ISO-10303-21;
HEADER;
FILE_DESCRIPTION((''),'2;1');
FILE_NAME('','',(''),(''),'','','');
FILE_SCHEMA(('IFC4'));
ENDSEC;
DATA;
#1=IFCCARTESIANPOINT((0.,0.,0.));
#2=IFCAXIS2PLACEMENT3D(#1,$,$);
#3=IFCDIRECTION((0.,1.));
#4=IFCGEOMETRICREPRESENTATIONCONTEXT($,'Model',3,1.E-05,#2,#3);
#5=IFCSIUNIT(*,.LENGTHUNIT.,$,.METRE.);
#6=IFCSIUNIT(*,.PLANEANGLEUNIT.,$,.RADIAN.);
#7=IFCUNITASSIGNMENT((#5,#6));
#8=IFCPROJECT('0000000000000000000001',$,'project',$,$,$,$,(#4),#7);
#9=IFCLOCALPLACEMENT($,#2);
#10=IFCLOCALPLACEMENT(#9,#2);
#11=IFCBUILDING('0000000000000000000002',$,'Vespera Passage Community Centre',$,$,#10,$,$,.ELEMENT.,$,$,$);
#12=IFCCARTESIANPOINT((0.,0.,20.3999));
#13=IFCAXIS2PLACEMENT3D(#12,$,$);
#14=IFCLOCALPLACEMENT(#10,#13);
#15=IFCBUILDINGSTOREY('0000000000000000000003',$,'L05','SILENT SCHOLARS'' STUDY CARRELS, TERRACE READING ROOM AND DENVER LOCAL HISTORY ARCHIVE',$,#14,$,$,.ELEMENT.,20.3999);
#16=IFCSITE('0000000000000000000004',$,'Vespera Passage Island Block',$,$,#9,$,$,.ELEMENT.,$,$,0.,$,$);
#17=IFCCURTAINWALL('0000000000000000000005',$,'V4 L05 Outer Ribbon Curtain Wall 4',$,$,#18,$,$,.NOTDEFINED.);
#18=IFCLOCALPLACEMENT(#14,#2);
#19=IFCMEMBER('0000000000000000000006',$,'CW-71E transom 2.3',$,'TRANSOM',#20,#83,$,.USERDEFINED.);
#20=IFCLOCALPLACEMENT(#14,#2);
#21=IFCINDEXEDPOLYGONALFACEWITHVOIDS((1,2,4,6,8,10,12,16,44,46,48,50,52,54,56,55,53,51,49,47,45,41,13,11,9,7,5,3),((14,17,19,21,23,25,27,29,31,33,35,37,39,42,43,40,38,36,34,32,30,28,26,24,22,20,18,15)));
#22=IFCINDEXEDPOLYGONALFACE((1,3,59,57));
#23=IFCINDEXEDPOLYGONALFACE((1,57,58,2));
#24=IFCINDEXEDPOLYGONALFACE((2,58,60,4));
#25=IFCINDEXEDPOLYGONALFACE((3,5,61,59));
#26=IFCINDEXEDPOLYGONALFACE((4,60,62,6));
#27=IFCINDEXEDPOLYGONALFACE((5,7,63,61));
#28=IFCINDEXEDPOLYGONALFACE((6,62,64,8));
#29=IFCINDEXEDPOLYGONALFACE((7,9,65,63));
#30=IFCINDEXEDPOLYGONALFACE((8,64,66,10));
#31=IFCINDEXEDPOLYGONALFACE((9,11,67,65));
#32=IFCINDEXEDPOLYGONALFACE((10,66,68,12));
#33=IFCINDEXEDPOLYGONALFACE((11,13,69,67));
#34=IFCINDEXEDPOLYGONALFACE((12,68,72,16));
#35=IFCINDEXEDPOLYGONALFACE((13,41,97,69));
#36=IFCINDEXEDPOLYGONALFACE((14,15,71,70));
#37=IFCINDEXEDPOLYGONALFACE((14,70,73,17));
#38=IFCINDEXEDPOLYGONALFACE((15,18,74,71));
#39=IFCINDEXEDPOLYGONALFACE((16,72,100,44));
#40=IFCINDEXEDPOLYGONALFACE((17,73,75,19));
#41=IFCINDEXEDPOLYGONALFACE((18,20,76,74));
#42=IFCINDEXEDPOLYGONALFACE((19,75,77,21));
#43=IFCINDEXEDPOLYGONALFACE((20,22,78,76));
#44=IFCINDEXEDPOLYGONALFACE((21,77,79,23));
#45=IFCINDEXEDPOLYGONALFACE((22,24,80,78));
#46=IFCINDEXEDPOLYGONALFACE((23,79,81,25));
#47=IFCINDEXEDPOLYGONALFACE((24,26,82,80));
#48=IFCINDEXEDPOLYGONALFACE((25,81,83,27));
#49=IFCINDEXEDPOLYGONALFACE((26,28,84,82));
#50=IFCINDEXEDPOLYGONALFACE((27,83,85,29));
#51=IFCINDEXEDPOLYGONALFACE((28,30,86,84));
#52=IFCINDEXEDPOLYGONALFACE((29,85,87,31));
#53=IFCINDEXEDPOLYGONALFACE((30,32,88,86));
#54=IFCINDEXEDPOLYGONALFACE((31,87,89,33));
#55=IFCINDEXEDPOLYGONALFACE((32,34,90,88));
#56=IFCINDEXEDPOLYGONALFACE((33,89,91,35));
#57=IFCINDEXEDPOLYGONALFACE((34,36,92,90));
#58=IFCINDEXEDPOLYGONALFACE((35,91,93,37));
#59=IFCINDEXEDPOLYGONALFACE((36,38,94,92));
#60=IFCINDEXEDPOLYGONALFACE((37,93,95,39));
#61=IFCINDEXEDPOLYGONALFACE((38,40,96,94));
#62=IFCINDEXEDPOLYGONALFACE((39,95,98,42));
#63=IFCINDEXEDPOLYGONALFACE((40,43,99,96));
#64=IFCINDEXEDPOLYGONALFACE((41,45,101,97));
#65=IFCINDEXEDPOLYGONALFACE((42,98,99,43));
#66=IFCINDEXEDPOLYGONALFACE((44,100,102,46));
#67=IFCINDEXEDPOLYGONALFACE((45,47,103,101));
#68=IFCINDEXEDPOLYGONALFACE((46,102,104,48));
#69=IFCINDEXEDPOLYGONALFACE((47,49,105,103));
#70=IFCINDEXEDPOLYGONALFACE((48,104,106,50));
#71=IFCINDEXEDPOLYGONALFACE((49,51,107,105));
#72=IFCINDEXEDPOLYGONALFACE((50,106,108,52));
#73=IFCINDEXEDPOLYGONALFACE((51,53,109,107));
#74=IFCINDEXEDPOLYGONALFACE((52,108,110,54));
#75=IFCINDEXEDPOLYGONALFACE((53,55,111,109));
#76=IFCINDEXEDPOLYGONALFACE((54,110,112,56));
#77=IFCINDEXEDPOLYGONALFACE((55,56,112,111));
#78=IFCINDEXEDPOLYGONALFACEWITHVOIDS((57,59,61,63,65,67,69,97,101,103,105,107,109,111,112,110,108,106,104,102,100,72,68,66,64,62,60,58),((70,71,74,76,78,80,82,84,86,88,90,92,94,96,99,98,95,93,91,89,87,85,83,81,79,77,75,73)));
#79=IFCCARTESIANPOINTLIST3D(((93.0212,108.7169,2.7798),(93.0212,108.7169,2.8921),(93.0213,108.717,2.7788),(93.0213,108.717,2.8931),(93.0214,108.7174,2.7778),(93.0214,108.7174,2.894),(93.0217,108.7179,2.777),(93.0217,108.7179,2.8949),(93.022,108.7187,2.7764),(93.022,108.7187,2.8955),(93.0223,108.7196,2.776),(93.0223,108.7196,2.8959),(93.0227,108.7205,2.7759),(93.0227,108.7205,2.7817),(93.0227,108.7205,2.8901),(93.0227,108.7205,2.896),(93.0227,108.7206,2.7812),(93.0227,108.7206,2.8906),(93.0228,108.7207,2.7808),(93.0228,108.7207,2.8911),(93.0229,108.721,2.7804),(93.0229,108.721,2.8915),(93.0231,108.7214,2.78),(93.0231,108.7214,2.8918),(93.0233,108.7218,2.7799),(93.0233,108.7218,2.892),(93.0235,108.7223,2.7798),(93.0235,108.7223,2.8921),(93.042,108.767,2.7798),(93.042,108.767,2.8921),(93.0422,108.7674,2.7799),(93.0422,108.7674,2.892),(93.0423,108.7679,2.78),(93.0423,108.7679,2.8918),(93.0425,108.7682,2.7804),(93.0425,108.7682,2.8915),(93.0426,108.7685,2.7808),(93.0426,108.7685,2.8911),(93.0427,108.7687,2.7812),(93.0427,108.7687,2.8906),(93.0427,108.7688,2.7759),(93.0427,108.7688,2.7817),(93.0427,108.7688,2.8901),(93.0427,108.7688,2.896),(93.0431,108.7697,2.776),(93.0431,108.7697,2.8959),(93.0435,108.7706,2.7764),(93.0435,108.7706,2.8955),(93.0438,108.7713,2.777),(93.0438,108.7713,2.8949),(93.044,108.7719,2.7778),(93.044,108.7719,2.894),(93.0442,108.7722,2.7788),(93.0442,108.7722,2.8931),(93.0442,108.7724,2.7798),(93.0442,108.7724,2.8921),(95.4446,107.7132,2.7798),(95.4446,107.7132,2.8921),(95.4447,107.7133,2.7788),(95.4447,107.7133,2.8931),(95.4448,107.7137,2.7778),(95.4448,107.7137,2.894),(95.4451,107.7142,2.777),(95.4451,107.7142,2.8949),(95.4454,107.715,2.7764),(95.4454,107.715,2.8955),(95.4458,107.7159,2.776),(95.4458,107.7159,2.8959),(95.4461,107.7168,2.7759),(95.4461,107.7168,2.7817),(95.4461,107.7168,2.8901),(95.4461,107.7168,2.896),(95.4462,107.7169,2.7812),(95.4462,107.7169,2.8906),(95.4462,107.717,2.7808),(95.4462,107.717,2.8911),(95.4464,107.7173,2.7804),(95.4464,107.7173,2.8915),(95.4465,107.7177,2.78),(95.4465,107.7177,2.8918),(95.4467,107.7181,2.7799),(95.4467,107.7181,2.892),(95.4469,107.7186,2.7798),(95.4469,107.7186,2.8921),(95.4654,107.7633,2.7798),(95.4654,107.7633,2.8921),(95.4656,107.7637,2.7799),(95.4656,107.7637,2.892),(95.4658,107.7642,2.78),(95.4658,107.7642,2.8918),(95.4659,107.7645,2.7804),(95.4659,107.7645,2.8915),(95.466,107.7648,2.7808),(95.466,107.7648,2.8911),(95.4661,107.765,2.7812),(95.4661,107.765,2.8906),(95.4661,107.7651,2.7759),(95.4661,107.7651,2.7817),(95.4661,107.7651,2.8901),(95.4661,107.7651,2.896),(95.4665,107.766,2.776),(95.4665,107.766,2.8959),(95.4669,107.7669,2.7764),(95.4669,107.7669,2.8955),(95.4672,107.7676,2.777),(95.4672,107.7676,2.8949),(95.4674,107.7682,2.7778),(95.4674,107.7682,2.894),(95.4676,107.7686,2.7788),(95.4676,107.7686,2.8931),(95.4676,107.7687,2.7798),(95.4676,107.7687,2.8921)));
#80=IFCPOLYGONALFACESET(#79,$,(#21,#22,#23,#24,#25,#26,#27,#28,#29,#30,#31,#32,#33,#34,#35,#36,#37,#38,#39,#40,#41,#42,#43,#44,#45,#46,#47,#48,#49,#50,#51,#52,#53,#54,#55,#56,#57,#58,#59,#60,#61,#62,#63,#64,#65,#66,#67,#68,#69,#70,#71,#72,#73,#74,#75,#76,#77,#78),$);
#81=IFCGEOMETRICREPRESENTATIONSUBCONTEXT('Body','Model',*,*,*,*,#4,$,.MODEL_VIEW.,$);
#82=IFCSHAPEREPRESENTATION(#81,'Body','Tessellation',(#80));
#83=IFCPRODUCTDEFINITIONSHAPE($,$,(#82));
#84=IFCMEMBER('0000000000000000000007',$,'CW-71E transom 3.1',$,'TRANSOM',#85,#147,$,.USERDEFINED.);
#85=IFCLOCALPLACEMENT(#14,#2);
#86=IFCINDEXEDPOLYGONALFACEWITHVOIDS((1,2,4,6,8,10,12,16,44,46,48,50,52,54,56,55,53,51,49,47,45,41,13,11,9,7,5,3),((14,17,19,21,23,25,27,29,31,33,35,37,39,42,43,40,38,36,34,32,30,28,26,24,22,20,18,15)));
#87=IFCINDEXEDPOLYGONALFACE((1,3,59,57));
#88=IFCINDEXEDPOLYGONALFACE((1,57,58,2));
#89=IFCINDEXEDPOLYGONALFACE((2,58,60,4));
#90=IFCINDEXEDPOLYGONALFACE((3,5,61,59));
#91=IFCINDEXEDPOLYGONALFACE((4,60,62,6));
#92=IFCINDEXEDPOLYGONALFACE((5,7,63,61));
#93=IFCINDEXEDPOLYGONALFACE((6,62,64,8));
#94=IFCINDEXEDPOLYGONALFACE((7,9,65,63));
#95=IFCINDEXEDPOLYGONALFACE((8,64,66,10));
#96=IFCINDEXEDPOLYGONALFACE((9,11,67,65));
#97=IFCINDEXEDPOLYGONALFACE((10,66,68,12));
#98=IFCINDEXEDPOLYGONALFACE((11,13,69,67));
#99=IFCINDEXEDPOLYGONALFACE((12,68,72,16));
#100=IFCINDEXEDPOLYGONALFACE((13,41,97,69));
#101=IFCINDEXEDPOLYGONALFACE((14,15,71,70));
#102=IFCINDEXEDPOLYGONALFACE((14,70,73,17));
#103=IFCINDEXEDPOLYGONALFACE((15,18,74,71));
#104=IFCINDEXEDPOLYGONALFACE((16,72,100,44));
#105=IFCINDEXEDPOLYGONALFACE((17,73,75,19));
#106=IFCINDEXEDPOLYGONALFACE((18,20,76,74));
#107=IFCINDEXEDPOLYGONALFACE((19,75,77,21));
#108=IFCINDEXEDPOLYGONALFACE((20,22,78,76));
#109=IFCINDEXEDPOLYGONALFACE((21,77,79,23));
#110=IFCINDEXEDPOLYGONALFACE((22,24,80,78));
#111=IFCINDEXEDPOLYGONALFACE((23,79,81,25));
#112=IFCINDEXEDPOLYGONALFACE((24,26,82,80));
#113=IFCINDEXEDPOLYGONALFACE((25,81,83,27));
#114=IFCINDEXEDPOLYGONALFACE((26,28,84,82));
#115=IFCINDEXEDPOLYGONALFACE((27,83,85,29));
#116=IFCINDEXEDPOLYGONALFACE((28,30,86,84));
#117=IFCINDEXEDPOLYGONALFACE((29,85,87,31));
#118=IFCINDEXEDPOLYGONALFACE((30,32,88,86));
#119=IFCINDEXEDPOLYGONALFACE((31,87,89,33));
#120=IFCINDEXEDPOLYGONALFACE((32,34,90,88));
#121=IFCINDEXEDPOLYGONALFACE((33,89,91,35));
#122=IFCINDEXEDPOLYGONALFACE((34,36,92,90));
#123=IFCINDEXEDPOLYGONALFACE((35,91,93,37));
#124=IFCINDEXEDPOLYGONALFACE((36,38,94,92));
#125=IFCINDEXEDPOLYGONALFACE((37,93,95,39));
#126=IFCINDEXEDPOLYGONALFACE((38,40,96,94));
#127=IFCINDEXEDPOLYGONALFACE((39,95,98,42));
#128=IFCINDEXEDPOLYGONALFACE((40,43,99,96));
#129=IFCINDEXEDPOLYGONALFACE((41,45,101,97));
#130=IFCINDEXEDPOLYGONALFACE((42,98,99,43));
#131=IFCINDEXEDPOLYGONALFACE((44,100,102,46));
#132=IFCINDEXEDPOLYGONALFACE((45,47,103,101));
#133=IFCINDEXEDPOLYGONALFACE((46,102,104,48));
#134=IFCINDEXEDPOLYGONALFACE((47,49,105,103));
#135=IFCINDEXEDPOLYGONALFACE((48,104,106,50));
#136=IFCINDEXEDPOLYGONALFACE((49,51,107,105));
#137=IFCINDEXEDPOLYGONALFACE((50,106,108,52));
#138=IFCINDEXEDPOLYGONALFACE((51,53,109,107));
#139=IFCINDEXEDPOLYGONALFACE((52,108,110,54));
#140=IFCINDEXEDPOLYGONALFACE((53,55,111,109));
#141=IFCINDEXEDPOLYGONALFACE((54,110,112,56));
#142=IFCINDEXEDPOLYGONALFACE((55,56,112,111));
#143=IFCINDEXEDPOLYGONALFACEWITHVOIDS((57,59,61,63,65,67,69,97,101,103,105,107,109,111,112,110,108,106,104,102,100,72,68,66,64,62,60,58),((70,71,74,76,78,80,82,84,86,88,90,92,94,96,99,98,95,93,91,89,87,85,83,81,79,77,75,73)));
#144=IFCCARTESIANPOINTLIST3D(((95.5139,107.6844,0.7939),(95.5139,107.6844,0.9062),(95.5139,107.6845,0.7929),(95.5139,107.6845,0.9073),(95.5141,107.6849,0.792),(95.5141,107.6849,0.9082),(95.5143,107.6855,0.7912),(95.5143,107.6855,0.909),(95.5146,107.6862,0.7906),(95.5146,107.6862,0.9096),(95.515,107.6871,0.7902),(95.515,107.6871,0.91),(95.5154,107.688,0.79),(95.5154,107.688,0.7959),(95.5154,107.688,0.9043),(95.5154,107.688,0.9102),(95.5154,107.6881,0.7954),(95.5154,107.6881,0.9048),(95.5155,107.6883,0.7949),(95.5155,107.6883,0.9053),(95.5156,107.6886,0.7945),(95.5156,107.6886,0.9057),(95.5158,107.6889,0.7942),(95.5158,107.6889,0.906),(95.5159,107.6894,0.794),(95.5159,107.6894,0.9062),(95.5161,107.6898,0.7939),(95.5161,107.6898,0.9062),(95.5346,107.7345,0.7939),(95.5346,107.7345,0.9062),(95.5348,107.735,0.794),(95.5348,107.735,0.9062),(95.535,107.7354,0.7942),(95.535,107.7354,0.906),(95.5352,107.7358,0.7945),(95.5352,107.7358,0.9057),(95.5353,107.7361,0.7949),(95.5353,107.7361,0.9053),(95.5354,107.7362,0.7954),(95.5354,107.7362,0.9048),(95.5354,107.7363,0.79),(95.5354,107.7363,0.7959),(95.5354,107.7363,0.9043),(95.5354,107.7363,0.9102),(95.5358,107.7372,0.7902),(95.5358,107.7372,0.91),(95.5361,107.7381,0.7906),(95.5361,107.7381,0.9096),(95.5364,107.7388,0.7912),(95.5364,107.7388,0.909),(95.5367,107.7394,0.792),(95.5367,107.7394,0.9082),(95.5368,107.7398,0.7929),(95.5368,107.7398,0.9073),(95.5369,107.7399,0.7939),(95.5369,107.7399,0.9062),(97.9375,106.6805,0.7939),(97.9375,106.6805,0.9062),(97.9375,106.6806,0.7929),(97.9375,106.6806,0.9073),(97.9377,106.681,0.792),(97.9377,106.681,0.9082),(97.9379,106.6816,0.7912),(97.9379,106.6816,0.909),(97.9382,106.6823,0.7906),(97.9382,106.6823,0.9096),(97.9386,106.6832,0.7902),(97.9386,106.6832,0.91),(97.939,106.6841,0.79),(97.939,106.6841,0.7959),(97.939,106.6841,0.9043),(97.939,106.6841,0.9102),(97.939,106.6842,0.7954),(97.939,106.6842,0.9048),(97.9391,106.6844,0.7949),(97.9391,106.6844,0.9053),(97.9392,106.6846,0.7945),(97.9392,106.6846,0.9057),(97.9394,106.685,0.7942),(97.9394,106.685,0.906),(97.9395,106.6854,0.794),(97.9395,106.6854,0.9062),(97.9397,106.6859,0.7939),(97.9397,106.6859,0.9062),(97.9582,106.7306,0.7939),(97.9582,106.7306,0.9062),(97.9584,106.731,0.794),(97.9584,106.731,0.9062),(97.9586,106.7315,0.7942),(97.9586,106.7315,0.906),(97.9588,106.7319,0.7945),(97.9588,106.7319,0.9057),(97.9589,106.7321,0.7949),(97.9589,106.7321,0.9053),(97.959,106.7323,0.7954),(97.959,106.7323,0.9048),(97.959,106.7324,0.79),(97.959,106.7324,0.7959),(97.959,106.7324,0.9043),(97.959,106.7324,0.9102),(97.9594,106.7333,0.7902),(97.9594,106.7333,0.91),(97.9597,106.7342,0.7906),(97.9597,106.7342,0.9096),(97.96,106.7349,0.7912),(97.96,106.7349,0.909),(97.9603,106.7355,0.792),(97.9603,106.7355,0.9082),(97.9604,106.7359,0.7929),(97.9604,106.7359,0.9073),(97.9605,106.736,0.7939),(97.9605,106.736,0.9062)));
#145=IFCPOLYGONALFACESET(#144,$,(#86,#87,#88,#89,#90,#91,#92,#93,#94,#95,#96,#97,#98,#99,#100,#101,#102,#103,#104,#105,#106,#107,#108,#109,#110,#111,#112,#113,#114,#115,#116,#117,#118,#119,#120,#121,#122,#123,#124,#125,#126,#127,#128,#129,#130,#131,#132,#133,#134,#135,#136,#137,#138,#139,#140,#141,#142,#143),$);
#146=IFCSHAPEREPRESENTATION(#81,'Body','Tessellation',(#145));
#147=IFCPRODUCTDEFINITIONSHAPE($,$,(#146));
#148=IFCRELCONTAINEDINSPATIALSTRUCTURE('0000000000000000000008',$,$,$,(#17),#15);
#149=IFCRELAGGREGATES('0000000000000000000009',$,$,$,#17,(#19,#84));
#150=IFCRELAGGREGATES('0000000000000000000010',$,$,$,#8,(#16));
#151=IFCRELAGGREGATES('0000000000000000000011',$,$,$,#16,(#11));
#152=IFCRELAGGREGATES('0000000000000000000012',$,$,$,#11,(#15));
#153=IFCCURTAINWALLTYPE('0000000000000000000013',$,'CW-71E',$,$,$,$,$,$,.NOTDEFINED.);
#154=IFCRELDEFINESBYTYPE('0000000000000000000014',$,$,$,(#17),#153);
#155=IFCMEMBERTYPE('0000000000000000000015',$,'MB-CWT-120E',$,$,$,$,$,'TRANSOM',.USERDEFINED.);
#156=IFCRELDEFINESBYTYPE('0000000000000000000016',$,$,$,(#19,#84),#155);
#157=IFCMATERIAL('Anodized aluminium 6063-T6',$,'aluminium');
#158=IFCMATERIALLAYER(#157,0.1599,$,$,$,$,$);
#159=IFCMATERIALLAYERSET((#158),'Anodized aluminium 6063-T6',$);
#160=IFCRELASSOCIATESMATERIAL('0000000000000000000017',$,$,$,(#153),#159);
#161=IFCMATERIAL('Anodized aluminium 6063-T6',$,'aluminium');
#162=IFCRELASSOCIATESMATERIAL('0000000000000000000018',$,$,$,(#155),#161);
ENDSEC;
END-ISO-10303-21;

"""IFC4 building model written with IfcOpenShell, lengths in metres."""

from ifc_helpers import new_model, si_unit, direction, frame, origin, origin_2d, place, context, subcontext, project, spatial, hollow_rectangle, extrude, material, layer, layer_set, material_profile, profile_set, type_object, element, aggregate, save


model = new_model("IFC4")

# Units and contexts
model_context = context("Model", 3, precision=1e-05, world=origin(), true_north=direction((0.0, 1.0)))
body_context = subcontext(model_context, "Body", "Model", "MODEL_VIEW")
ifc_project = project(units=[si_unit("LENGTHUNIT", "METRE"), si_unit("PLANEANGLEUNIT", "RADIAN")], contexts=[model_context])

# Site, building, storey
site_placement = place(None, origin())
site = spatial("IfcSite", under=ifc_project, at=site_placement, Name="Vespera Passage Island Block", CompositionType="ELEMENT", RefElevation=0.0)
building_placement = place(site_placement, origin())
building = spatial("IfcBuilding", under=site, at=building_placement, Name="Vespera Passage Community Centre", CompositionType="ELEMENT")
storey_placement = place(building_placement, frame((0.0, 0.0, 20.3999)))
storey = spatial("IfcBuildingStorey", under=building, at=storey_placement, Name="L05", Description="SILENT SCHOLARS' STUDY CARRELS, TERRACE READING ROOM AND DENVER LOCAL HISTORY ARCHIVE", CompositionType="ELEMENT", Elevation=20.3999)

# Curtain wall, members
ifc_material_1 = material(Name="Anodized aluminium 6063-T6", Category="aluminium")
ifc_layer_1 = layer(ifc_material_1, 0.1599)
ifc_layer_set_1 = layer_set([ifc_layer_1], Name="Anodized aluminium 6063-T6")
curtain_wall_type_1 = type_object("IfcCurtainWallType", Name="CW-71E", PredefinedType="NOTDEFINED", material=ifc_layer_set_1)
curtain_wall_1_placement = place(storey_placement, origin())
curtain_wall_1 = element("IfcCurtainWall", 1, at=curtain_wall_1_placement, inside=storey, type_object=curtain_wall_type_1, Name="V4 L05 Outer Ribbon Curtain Wall 4", PredefinedType="NOTDEFINED")
ifc_material_2 = material(Name="Anodized aluminium 6063-T6", Category="aluminium")
ifc_material_profile_1 = material_profile(ifc_material_2, hollow_rectangle(XDim=0.0601, YDim=0.1201, WallThickness=0.0039, InnerFilletRadius=0.002, OuterFilletRadius=0.0039, at=origin_2d()), Name="ALU120X60X4")
ifc_profile_set_1 = profile_set([ifc_material_profile_1], Name="Anodized aluminium 6063-T6")
member_type_1 = type_object("IfcMemberType", Name="MB-CWT-120E", ElementType="TRANSOM", PredefinedType="USERDEFINED", material=ifc_profile_set_1)
member_1_placement = place(storey_placement, frame((93.0327, 108.7446, 2.8359), z_axis=(0.923895, -0.382645, 0.0), x_axis=(0.382645, 0.923895, 0.0)))
member_1 = element("IfcMember", 2, at=member_1_placement, type_object=member_type_1, Name="CW-71E transom 2.3", ObjectType="TRANSOM", PredefinedType="USERDEFINED", context=body_context, shape_type="SweptSolid", body=[
    extrude(hollow_rectangle(XDim=0.0601, YDim=0.1201, WallThickness=0.0039, InnerFilletRadius=0.002, OuterFilletRadius=0.0039, at=origin_2d()), origin(), (0.0, 0.0, 1.0), 2.623),
])
member_2_placement = place(storey_placement, frame((95.5254, 107.7122, 0.8501), z_axis=(0.923876, -0.382692, 0.0), x_axis=(0.382692, 0.923876, 0.0)))
member_2 = element("IfcMember", 3, at=member_2_placement, type_object=member_type_1, Name="CW-71E transom 3.1", ObjectType="TRANSOM", PredefinedType="USERDEFINED", context=body_context, shape_type="SweptSolid", body=[
    extrude(hollow_rectangle(XDim=0.0601, YDim=0.1201, WallThickness=0.0039, InnerFilletRadius=0.002, OuterFilletRadius=0.0039, at=origin_2d()), origin(), (0.0, 0.0, 1.0), 2.6233),
])
aggregate(curtain_wall_1, [member_1, member_2])

save(model, "model.ifc")
